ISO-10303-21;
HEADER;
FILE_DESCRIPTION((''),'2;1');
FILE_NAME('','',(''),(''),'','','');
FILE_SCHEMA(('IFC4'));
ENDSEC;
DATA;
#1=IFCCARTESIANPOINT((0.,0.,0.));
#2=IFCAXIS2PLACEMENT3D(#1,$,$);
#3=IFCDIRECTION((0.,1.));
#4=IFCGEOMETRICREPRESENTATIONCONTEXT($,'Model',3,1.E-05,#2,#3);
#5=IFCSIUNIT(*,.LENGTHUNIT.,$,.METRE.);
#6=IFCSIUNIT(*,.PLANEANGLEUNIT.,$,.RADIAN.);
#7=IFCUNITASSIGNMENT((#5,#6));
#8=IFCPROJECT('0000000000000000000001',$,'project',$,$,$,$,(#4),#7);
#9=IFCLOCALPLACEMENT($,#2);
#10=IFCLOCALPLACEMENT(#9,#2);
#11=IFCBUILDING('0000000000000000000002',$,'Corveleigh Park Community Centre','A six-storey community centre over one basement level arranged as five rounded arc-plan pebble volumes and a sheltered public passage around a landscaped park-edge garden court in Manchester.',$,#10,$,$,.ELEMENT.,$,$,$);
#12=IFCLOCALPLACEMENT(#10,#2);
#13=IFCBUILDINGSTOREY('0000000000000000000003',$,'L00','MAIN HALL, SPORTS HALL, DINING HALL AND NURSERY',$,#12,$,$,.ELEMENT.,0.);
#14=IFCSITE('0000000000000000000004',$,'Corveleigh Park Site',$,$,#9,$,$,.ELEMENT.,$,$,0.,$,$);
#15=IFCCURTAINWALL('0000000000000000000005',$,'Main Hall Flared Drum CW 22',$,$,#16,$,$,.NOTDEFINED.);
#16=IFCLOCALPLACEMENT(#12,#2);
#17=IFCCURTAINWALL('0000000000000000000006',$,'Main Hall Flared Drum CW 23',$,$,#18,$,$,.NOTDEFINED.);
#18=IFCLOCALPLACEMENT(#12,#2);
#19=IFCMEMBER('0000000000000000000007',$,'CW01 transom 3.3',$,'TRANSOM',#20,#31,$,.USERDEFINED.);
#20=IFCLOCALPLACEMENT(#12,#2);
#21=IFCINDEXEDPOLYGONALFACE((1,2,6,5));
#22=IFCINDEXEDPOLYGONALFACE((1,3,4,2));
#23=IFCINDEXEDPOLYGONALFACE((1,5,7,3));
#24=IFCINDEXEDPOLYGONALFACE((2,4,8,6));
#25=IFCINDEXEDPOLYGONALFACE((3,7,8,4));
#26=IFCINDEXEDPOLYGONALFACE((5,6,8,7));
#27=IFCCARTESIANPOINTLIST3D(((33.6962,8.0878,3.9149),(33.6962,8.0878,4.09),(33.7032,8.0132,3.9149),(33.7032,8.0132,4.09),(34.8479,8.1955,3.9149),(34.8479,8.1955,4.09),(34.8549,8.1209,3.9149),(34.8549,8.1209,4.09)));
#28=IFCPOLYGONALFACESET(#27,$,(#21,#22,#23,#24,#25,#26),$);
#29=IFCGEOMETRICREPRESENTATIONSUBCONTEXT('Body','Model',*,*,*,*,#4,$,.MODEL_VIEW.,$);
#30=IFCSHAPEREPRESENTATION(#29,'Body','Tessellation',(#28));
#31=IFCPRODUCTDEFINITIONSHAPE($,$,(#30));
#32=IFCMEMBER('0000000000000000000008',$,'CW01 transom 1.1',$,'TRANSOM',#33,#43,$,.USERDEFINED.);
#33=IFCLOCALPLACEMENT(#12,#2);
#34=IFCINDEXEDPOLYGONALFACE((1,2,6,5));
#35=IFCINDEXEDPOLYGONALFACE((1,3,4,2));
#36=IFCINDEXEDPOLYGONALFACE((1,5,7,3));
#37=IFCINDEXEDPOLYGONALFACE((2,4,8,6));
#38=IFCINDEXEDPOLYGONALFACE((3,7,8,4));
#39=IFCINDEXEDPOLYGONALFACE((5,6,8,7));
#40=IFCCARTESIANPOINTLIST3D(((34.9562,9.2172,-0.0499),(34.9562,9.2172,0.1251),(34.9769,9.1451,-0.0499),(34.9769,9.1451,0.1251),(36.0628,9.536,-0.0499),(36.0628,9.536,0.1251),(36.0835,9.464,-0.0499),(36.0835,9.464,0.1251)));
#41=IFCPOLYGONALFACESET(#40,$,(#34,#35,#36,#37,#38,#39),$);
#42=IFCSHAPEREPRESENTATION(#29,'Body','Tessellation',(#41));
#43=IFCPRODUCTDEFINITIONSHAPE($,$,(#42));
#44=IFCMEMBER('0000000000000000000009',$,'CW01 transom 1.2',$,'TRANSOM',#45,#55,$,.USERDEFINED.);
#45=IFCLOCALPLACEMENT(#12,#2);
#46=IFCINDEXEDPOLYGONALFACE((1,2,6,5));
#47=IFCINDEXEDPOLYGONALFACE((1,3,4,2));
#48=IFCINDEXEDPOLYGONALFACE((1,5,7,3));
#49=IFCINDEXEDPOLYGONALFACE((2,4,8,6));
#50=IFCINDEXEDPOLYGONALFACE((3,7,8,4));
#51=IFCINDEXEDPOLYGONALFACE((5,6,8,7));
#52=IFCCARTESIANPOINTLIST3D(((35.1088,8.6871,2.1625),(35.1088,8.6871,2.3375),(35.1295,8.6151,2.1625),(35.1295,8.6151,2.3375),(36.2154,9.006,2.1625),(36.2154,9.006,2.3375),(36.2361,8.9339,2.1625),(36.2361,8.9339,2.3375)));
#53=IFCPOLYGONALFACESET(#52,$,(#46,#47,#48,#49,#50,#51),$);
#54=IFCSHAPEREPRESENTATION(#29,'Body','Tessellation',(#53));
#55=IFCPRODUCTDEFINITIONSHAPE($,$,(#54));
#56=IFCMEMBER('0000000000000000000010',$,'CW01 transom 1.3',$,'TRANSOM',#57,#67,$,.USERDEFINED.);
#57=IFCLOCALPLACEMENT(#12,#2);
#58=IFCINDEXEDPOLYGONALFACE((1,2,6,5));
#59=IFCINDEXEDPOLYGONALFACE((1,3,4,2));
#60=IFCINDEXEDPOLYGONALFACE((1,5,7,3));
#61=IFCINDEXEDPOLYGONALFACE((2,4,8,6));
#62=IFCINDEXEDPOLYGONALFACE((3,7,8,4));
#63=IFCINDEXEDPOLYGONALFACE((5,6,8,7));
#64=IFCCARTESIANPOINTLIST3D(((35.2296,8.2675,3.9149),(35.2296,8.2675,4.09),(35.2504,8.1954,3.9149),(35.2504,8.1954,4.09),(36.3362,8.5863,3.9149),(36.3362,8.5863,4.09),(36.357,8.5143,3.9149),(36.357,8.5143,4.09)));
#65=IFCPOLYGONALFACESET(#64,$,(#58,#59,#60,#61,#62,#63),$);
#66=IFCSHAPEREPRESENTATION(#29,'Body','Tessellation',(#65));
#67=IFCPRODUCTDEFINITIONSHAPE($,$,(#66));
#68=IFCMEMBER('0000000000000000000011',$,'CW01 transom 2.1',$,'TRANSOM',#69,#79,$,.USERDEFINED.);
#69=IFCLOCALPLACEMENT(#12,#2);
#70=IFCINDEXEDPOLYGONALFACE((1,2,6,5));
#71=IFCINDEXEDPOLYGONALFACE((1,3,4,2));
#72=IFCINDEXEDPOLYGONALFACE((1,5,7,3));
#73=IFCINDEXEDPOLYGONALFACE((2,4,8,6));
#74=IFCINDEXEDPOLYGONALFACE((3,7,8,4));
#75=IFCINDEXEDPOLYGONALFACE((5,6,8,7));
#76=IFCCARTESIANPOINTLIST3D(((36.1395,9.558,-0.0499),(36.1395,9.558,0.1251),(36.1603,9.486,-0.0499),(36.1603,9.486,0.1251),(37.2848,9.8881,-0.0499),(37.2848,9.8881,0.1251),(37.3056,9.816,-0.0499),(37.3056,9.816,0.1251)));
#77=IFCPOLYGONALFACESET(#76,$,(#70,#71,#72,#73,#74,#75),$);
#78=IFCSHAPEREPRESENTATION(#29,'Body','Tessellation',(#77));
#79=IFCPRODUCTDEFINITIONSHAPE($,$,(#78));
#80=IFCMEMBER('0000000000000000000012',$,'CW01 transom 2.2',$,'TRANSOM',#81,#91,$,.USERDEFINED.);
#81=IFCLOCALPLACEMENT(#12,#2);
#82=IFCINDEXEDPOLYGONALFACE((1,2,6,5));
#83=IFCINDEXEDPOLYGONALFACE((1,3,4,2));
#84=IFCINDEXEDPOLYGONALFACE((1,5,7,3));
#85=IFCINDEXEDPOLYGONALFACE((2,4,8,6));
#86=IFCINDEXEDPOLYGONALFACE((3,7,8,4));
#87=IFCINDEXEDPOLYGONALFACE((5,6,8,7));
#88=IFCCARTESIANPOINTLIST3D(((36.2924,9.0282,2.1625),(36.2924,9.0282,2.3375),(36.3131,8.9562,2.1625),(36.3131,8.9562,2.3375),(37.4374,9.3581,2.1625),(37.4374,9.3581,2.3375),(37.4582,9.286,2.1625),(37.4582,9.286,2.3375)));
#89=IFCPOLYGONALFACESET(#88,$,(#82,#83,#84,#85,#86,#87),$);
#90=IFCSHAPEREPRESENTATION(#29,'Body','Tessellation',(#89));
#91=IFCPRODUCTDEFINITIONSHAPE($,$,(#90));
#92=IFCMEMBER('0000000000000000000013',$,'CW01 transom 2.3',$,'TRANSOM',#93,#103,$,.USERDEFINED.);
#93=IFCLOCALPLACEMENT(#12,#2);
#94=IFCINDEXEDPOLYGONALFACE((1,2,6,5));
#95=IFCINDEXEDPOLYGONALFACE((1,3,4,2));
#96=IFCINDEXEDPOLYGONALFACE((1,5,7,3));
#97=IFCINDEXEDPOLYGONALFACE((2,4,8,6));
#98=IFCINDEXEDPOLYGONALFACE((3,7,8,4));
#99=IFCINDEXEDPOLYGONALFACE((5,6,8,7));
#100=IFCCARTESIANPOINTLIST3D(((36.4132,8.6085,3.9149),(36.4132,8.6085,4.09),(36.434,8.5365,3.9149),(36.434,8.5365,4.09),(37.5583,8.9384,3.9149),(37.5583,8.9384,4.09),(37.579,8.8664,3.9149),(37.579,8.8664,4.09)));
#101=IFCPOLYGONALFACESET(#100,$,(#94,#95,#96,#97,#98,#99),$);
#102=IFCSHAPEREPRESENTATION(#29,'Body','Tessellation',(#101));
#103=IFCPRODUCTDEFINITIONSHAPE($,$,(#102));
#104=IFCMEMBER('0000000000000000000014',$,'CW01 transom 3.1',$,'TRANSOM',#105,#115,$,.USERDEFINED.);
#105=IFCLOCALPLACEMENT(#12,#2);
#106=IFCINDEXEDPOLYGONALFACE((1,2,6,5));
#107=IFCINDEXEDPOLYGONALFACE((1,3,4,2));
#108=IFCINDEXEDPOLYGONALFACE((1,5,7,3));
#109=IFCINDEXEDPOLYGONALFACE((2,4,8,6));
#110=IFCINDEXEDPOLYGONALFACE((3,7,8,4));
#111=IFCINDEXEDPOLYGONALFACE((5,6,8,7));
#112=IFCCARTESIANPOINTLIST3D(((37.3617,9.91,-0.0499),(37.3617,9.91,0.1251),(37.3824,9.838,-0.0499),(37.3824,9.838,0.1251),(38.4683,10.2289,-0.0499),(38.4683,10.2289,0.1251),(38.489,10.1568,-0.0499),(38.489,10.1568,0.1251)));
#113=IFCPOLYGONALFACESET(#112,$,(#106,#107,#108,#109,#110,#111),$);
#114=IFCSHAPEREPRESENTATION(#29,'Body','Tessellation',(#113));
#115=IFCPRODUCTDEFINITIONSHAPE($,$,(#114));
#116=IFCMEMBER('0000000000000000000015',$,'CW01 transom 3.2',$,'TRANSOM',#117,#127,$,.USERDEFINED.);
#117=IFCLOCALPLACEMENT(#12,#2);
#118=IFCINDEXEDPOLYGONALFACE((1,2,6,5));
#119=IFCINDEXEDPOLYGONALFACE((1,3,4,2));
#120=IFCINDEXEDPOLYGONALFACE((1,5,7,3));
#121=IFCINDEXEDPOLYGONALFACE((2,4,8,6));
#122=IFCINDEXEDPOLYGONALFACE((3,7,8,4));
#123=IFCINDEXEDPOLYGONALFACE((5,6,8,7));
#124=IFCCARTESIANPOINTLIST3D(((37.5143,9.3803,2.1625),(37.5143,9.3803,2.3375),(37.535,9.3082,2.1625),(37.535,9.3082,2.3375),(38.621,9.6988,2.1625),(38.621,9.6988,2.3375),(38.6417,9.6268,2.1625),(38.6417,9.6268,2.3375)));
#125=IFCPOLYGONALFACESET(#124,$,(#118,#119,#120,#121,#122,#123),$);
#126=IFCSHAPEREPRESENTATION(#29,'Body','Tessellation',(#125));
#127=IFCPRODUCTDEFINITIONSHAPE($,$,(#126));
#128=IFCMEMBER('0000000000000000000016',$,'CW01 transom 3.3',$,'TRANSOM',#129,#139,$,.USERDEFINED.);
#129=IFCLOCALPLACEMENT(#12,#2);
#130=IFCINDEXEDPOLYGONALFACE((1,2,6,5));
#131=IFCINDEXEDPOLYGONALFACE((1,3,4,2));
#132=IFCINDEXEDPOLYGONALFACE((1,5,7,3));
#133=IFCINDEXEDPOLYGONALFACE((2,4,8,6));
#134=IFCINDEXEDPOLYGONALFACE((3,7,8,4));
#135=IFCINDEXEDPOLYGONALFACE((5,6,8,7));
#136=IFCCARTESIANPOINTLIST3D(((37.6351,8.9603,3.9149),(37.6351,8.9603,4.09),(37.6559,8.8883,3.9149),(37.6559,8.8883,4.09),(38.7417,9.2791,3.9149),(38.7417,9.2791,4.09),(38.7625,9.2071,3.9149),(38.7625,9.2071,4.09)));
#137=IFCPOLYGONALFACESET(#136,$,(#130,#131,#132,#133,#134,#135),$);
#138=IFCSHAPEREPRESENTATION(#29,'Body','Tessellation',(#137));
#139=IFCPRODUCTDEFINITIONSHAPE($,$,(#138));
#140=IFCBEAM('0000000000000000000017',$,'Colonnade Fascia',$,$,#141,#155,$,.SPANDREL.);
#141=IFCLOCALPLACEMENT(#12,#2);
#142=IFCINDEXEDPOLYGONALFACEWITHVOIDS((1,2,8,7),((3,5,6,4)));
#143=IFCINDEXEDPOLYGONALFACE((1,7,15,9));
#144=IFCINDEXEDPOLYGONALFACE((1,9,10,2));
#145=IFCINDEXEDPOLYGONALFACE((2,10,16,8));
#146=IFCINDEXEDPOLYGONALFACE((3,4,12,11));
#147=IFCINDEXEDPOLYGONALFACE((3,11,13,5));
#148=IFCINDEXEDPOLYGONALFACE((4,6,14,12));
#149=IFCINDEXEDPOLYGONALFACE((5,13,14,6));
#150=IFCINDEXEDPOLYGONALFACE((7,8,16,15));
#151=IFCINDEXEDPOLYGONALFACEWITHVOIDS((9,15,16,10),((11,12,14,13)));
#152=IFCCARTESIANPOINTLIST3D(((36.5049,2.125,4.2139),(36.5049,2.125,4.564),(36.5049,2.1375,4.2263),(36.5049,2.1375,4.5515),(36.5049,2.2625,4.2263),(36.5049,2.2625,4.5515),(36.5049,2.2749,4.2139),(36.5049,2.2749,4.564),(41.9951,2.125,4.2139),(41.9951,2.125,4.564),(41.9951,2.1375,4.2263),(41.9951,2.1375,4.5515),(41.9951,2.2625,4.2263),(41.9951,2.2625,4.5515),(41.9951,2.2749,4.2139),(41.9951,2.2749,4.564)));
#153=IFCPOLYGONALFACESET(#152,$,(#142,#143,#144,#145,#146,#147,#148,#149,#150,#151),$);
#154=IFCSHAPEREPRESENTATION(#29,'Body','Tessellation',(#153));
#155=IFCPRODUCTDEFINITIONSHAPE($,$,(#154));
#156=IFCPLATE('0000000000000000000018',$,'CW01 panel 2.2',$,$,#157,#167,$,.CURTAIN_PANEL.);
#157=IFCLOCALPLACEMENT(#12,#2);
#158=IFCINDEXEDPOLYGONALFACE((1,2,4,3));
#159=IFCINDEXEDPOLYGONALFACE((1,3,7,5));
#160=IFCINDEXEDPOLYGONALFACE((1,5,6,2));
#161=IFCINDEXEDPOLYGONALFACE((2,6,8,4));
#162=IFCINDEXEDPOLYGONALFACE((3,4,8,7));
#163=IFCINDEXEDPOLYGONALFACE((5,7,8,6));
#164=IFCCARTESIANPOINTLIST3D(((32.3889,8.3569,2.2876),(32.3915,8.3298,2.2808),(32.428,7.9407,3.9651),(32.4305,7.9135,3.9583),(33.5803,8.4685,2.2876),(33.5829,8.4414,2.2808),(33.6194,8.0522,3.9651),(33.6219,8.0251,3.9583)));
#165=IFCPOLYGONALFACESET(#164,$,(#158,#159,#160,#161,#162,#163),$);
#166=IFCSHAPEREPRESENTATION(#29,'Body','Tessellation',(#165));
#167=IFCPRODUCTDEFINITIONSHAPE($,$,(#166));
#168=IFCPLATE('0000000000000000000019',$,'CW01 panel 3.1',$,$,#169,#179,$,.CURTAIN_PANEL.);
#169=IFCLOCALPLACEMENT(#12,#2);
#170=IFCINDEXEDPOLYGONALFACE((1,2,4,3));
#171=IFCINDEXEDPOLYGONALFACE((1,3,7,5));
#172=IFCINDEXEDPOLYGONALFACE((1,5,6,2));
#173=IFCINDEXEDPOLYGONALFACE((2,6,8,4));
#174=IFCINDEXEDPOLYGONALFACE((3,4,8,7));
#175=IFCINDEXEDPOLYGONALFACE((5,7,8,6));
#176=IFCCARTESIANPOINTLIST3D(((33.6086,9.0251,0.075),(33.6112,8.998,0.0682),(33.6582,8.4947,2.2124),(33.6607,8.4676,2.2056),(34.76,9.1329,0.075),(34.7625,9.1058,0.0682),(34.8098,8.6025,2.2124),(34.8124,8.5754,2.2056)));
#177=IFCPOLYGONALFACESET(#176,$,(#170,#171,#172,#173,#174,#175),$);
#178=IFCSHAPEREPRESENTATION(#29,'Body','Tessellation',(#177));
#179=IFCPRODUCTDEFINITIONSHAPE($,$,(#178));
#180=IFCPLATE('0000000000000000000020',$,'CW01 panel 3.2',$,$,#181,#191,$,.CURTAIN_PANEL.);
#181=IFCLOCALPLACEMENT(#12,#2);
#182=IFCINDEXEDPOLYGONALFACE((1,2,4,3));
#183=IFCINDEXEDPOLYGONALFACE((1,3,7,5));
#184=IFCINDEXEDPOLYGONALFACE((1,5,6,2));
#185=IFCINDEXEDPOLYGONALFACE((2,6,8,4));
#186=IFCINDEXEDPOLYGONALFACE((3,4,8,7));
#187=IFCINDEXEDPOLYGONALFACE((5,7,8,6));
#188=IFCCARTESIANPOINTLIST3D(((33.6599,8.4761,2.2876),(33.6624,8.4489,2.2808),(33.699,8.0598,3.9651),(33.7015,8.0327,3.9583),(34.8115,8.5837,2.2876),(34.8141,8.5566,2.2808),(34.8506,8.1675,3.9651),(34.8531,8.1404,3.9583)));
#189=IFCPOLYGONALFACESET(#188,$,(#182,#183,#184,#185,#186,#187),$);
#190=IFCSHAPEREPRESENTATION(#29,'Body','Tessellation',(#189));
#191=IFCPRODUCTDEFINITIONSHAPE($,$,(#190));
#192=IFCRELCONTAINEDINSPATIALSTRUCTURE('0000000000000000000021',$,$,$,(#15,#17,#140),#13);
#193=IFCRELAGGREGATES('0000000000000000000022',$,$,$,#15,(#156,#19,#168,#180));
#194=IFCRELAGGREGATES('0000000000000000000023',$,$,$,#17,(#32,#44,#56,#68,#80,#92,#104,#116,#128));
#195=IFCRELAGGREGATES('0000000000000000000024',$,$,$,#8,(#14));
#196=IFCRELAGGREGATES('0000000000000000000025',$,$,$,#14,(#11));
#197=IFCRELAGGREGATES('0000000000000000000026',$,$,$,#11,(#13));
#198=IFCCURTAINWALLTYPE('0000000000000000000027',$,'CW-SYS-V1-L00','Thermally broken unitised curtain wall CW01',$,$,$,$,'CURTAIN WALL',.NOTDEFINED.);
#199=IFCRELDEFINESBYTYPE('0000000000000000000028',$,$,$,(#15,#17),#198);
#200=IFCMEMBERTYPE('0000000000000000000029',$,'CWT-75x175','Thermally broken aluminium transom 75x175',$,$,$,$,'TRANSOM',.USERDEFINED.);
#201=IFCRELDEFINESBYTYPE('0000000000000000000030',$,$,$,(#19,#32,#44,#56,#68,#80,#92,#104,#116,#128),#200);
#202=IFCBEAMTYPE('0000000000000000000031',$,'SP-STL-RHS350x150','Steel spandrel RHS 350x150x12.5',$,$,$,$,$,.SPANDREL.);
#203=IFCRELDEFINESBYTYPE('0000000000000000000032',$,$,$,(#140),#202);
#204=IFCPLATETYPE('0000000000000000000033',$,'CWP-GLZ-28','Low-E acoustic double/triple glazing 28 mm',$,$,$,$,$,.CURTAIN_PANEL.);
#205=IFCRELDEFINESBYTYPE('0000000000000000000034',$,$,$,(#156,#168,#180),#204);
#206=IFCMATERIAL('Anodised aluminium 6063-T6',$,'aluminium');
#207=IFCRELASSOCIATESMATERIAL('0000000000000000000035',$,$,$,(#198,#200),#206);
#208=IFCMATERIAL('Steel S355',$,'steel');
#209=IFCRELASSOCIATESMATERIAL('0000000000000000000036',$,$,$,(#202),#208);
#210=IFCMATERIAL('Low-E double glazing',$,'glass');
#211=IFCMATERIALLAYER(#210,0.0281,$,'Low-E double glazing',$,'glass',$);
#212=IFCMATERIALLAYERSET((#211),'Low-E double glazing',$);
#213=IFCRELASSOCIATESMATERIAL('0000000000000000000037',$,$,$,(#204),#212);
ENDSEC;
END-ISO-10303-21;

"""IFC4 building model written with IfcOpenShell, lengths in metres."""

from ifc_helpers import new_model, si_unit, direction, frame, origin, origin_2d, place, context, subcontext, project, spatial, polyline, rectangle, hollow_rectangle, outline, extrude, material, layer, layer_set, material_profile, profile_set, type_object, element, aggregate, save


model = new_model("IFC4")

# Units and contexts
model_context = context("Model", 3, precision=1e-05, world=origin(), true_north=direction((0.0, 1.0)))
body_context = subcontext(model_context, "Body", "Model", "MODEL_VIEW")
ifc_project = project(units=[si_unit("LENGTHUNIT", "METRE"), si_unit("PLANEANGLEUNIT", "RADIAN")], contexts=[model_context])

# Site, building, storey
site_placement = place(None, origin())
site = spatial("IfcSite", under=ifc_project, at=site_placement, Name="Corveleigh Park Site", CompositionType="ELEMENT", RefElevation=0.0)
building_placement = place(site_placement, origin())
building = spatial("IfcBuilding", under=site, at=building_placement, Name="Corveleigh Park Community Centre", Description="A six-storey community centre over one basement level arranged as five rounded arc-plan pebble volumes and a sheltered public passage around a landscaped park-edge garden court in Manchester.", CompositionType="ELEMENT")
storey_placement = place(building_placement, origin())
storey = spatial("IfcBuildingStorey", under=building, at=storey_placement, Name="L00", Description="MAIN HALL, SPORTS HALL, DINING HALL AND NURSERY", CompositionType="ELEMENT", Elevation=0.0)

# Shared definitions
ifc_material_1 = material(Name="Steel S355", Category="steel")

# Curtain walls
ifc_material_2 = material(Name="Anodised aluminium 6063-T6", Category="aluminium")
curtain_wall_type = type_object("IfcCurtainWallType", Name="CW-SYS-V1-L00", Description="Thermally broken unitised curtain wall CW01", ElementType="CURTAIN WALL", PredefinedType="NOTDEFINED", material=ifc_material_2)
curtain_wall_1_placement = place(storey_placement, origin())
curtain_wall_1 = element("IfcCurtainWall", 1, at=curtain_wall_1_placement, inside=storey, type_object=curtain_wall_type, Name="Main Hall Flared Drum CW 22", PredefinedType="NOTDEFINED")
curtain_wall_2_placement = place(storey_placement, origin())
curtain_wall_2 = element("IfcCurtainWall", 2, at=curtain_wall_2_placement, inside=storey, type_object=curtain_wall_type, Name="Main Hall Flared Drum CW 23", PredefinedType="NOTDEFINED")

# Members
ifc_material_profile_1 = material_profile(ifc_material_2, rectangle(XDim=0.075, YDim=0.175, at=origin_2d()), Name="ALU-T75x175", Category="aluminium")
ifc_profile_set_1 = profile_set([ifc_material_profile_1], Name="Anodised aluminium 6063-T6")
member_type_1 = type_object("IfcMemberType", Name="CWT-75x175", Description="Thermally broken aluminium transom 75x175", ElementType="TRANSOM", PredefinedType="USERDEFINED", material=ifc_profile_set_1)
member_1_placement = place(storey_placement, frame((33.6997, 8.0505, 4.0024), z_axis=(0.995658, 0.093086, 0.0), x_axis=(-0.093086, 0.995658, 0.0)))
member_1 = element("IfcMember", 3, at=member_1_placement, type_object=member_type_1, Name="CW01 transom 3.3", ObjectType="TRANSOM", PredefinedType="USERDEFINED", context=body_context, shape_type="SweptSolid", body=[
    extrude(rectangle(XDim=0.075, YDim=0.175, at=origin_2d()), origin(), (0.0, 0.0, 1.0), 1.1567),
])
member_2_placement = place(storey_placement, frame((34.9666, 9.1812, 0.0376), z_axis=(0.960914, 0.276848, 0.0), x_axis=(-0.276848, 0.960914, 0.0)))
member_2 = element("IfcMember", 4, at=member_2_placement, type_object=member_type_1, Name="CW01 transom 1.1", ObjectType="TRANSOM", PredefinedType="USERDEFINED", context=body_context, shape_type="SweptSolid", body=[
    extrude(rectangle(XDim=0.075, YDim=0.175, at=origin_2d()), origin(), (0.0, 0.0, 1.0), 1.1516),
])
member_3_placement = place(storey_placement, frame((35.1191, 8.6511, 2.25), z_axis=(0.960914, 0.276848, 0.0), x_axis=(-0.276848, 0.960914, 0.0)))
member_3 = element("IfcMember", 5, at=member_3_placement, type_object=member_type_1, Name="CW01 transom 1.2", ObjectType="TRANSOM", PredefinedType="USERDEFINED", context=body_context, shape_type="SweptSolid", body=[
    extrude(rectangle(XDim=0.075, YDim=0.175, at=origin_2d()), origin(), (0.0, 0.0, 1.0), 1.1516),
])
member_4_placement = place(storey_placement, frame((35.24, 8.2314, 4.0024), z_axis=(0.960914, 0.276848, 0.0), x_axis=(-0.276848, 0.960914, 0.0)))
member_4 = element("IfcMember", 6, at=member_4_placement, type_object=member_type_1, Name="CW01 transom 1.3", ObjectType="TRANSOM", PredefinedType="USERDEFINED", context=body_context, shape_type="SweptSolid", body=[
    extrude(rectangle(XDim=0.075, YDim=0.175, at=origin_2d()), origin(), (0.0, 0.0, 1.0), 1.1516),
])
member_5_placement = place(storey_placement, frame((36.1499, 9.522, 0.0376), z_axis=(0.960888, 0.276939, 0.0), x_axis=(-0.276939, 0.960888, 0.0)))
member_5 = element("IfcMember", 7, at=member_5_placement, type_object=member_type_1, Name="CW01 transom 2.1", ObjectType="TRANSOM", PredefinedType="USERDEFINED", context=body_context, shape_type="SweptSolid", body=[
    extrude(rectangle(XDim=0.075, YDim=0.175, at=origin_2d()), origin(), (0.0, 0.0, 1.0), 1.1919),
])
member_6_placement = place(storey_placement, frame((36.3027, 8.9922, 2.25), z_axis=(0.960926, 0.276804, 0.0), x_axis=(-0.276804, 0.960926, 0.0)))
member_6 = element("IfcMember", 8, at=member_6_placement, type_object=member_type_1, Name="CW01 transom 2.2", ObjectType="TRANSOM", PredefinedType="USERDEFINED", context=body_context, shape_type="SweptSolid", body=[
    extrude(rectangle(XDim=0.075, YDim=0.175, at=origin_2d()), origin(), (0.0, 0.0, 1.0), 1.1917),
])
member_7_placement = place(storey_placement, frame((36.4236, 8.5725, 4.0024), z_axis=(0.960926, 0.276804, 0.0), x_axis=(-0.276804, 0.960926, 0.0)))
member_7 = element("IfcMember", 9, at=member_7_placement, type_object=member_type_1, Name="CW01 transom 2.3", ObjectType="TRANSOM", PredefinedType="USERDEFINED", context=body_context, shape_type="SweptSolid", body=[
    extrude(rectangle(XDim=0.075, YDim=0.175, at=origin_2d()), origin(), (0.0, 0.0, 1.0), 1.1917),
])
member_8_placement = place(storey_placement, frame((37.3721, 9.874, 0.0376), z_axis=(0.960914, 0.276848, 0.0), x_axis=(-0.276848, 0.960914, 0.0)))
member_8 = element("IfcMember", 10, at=member_8_placement, type_object=member_type_1, Name="CW01 transom 3.1", ObjectType="TRANSOM", PredefinedType="USERDEFINED", context=body_context, shape_type="SweptSolid", body=[
    extrude(rectangle(XDim=0.075, YDim=0.175, at=origin_2d()), origin(), (0.0, 0.0, 1.0), 1.1516),
])
member_9_placement = place(storey_placement, frame((37.5247, 9.3442, 2.25), z_axis=(0.96097, 0.276653, 0.0), x_axis=(-0.276653, 0.96097, 0.0)))
member_9 = element("IfcMember", 11, at=member_9_placement, type_object=member_type_1, Name="CW01 transom 3.2", ObjectType="TRANSOM", PredefinedType="USERDEFINED", context=body_context, shape_type="SweptSolid", body=[
    extrude(rectangle(XDim=0.075, YDim=0.175, at=origin_2d()), origin(), (0.0, 0.0, 1.0), 1.1516),
])
member_10_placement = place(storey_placement, frame((37.6455, 8.9243, 4.0024), z_axis=(0.960914, 0.276848, 0.0), x_axis=(-0.276848, 0.960914, 0.0)))
member_10 = element("IfcMember", 12, at=member_10_placement, type_object=member_type_1, Name="CW01 transom 3.3", ObjectType="TRANSOM", PredefinedType="USERDEFINED", context=body_context, shape_type="SweptSolid", body=[
    extrude(rectangle(XDim=0.075, YDim=0.175, at=origin_2d()), origin(), (0.0, 0.0, 1.0), 1.1516),
])

# Beam
ifc_material_profile_2 = material_profile(ifc_material_1, hollow_rectangle(XDim=0.1499, YDim=0.3501, WallThickness=0.0125, at=origin_2d()), Name="RHS 350x150x12.5", Category="steel")
ifc_profile_set_2 = profile_set([ifc_material_profile_2], Name="Steel S355")
beam_type_1 = type_object("IfcBeamType", Name="SP-STL-RHS350x150", Description="Steel spandrel RHS 350x150x12.5", PredefinedType="SPANDREL", material=ifc_profile_set_2)
beam_1_placement = place(storey_placement, frame((36.5049, 2.2, 4.3889), z_axis=(1.0, 0.0, 0.0), x_axis=(0.0, 1.0, 0.0)))
element("IfcBeam", 13, at=beam_1_placement, inside=storey, type_object=beam_type_1, Name="Colonnade Fascia", PredefinedType="SPANDREL", context=body_context, shape_type="SweptSolid", body=[
    extrude(hollow_rectangle(XDim=0.1499, YDim=0.3501, WallThickness=0.0125, at=origin_2d()), origin(), (0.0, 0.0, 1.0), 5.4902),
])

# Plates
ifc_material_3 = material(Name="Low-E double glazing", Category="glass")
ifc_layer_1 = layer(ifc_material_3, 0.0281, Name="Low-E double glazing", Category="glass")
ifc_layer_set_1 = layer_set([ifc_layer_1], Name="Low-E double glazing")
plate_type_1 = type_object("IfcPlateType", Name="CWP-GLZ-28", Description="Low-E acoustic double/triple glazing 28 mm", PredefinedType="CURTAIN_PANEL", material=ifc_layer_set_1)
plate_1_placement = place(storey_placement, frame((32.3889, 8.3569, 2.2876), z_axis=(-0.090472, 0.96609, 0.241837), x_axis=(0.995644, 0.09324, 0.0)))
plate_1 = element("IfcPlate", 14, at=plate_1_placement, type_object=plate_type_1, Name="CW01 panel 2.2", PredefinedType="CURTAIN_PANEL", context=body_context, shape_type="SweptSolid", body=[
    extrude(outline(polyline([(0.0, 0.0), (1.1966, 0.0), (1.1967, -1.7288), (0.0001, -1.7288), (0.0, 0.0)])), origin(), (0.0, 0.0, -1.0), 0.0281),
])
plate_2_placement = place(storey_placement, frame((33.6086, 9.0251, 0.075), z_axis=(-0.090434, 0.966095, 0.241833), x_axis=(0.995648, 0.093195, 0.000022)))
plate_2 = element("IfcPlate", 15, at=plate_2_placement, type_object=plate_type_1, Name="CW01 panel 3.1", PredefinedType="CURTAIN_PANEL", context=body_context, shape_type="SweptSolid", body=[
    extrude(outline(polyline([(0.0, 0.0), (1.1564, 0.0), (1.1566, -2.2028), (0.0, -2.2029), (0.0, 0.0)])), origin(), (0.0, 0.0, -1.0), 0.0281),
])
plate_3_placement = place(storey_placement, frame((33.6599, 8.4761, 2.2876), z_axis=(-0.090323, 0.966104, 0.241837), x_axis=(0.995658, 0.093086, 0.0)))
plate_3 = element("IfcPlate", 16, at=plate_3_placement, type_object=plate_type_1, Name="CW01 panel 3.2", PredefinedType="CURTAIN_PANEL", context=body_context, shape_type="SweptSolid", body=[
    extrude(outline(polyline([(0.0, 0.0), (1.1566, 0.0), (1.1568, -1.7288), (0.0001, -1.7288), (0.0, 0.0)])), origin(), (0.0, 0.0, -1.0), 0.0281),
])
aggregate(curtain_wall_1, [plate_1, member_1, plate_2, plate_3])
aggregate(curtain_wall_2, [member_2, member_3, member_4, member_5, member_6, member_7, member_8, member_9, member_10])

save(model, "model.ifc")
